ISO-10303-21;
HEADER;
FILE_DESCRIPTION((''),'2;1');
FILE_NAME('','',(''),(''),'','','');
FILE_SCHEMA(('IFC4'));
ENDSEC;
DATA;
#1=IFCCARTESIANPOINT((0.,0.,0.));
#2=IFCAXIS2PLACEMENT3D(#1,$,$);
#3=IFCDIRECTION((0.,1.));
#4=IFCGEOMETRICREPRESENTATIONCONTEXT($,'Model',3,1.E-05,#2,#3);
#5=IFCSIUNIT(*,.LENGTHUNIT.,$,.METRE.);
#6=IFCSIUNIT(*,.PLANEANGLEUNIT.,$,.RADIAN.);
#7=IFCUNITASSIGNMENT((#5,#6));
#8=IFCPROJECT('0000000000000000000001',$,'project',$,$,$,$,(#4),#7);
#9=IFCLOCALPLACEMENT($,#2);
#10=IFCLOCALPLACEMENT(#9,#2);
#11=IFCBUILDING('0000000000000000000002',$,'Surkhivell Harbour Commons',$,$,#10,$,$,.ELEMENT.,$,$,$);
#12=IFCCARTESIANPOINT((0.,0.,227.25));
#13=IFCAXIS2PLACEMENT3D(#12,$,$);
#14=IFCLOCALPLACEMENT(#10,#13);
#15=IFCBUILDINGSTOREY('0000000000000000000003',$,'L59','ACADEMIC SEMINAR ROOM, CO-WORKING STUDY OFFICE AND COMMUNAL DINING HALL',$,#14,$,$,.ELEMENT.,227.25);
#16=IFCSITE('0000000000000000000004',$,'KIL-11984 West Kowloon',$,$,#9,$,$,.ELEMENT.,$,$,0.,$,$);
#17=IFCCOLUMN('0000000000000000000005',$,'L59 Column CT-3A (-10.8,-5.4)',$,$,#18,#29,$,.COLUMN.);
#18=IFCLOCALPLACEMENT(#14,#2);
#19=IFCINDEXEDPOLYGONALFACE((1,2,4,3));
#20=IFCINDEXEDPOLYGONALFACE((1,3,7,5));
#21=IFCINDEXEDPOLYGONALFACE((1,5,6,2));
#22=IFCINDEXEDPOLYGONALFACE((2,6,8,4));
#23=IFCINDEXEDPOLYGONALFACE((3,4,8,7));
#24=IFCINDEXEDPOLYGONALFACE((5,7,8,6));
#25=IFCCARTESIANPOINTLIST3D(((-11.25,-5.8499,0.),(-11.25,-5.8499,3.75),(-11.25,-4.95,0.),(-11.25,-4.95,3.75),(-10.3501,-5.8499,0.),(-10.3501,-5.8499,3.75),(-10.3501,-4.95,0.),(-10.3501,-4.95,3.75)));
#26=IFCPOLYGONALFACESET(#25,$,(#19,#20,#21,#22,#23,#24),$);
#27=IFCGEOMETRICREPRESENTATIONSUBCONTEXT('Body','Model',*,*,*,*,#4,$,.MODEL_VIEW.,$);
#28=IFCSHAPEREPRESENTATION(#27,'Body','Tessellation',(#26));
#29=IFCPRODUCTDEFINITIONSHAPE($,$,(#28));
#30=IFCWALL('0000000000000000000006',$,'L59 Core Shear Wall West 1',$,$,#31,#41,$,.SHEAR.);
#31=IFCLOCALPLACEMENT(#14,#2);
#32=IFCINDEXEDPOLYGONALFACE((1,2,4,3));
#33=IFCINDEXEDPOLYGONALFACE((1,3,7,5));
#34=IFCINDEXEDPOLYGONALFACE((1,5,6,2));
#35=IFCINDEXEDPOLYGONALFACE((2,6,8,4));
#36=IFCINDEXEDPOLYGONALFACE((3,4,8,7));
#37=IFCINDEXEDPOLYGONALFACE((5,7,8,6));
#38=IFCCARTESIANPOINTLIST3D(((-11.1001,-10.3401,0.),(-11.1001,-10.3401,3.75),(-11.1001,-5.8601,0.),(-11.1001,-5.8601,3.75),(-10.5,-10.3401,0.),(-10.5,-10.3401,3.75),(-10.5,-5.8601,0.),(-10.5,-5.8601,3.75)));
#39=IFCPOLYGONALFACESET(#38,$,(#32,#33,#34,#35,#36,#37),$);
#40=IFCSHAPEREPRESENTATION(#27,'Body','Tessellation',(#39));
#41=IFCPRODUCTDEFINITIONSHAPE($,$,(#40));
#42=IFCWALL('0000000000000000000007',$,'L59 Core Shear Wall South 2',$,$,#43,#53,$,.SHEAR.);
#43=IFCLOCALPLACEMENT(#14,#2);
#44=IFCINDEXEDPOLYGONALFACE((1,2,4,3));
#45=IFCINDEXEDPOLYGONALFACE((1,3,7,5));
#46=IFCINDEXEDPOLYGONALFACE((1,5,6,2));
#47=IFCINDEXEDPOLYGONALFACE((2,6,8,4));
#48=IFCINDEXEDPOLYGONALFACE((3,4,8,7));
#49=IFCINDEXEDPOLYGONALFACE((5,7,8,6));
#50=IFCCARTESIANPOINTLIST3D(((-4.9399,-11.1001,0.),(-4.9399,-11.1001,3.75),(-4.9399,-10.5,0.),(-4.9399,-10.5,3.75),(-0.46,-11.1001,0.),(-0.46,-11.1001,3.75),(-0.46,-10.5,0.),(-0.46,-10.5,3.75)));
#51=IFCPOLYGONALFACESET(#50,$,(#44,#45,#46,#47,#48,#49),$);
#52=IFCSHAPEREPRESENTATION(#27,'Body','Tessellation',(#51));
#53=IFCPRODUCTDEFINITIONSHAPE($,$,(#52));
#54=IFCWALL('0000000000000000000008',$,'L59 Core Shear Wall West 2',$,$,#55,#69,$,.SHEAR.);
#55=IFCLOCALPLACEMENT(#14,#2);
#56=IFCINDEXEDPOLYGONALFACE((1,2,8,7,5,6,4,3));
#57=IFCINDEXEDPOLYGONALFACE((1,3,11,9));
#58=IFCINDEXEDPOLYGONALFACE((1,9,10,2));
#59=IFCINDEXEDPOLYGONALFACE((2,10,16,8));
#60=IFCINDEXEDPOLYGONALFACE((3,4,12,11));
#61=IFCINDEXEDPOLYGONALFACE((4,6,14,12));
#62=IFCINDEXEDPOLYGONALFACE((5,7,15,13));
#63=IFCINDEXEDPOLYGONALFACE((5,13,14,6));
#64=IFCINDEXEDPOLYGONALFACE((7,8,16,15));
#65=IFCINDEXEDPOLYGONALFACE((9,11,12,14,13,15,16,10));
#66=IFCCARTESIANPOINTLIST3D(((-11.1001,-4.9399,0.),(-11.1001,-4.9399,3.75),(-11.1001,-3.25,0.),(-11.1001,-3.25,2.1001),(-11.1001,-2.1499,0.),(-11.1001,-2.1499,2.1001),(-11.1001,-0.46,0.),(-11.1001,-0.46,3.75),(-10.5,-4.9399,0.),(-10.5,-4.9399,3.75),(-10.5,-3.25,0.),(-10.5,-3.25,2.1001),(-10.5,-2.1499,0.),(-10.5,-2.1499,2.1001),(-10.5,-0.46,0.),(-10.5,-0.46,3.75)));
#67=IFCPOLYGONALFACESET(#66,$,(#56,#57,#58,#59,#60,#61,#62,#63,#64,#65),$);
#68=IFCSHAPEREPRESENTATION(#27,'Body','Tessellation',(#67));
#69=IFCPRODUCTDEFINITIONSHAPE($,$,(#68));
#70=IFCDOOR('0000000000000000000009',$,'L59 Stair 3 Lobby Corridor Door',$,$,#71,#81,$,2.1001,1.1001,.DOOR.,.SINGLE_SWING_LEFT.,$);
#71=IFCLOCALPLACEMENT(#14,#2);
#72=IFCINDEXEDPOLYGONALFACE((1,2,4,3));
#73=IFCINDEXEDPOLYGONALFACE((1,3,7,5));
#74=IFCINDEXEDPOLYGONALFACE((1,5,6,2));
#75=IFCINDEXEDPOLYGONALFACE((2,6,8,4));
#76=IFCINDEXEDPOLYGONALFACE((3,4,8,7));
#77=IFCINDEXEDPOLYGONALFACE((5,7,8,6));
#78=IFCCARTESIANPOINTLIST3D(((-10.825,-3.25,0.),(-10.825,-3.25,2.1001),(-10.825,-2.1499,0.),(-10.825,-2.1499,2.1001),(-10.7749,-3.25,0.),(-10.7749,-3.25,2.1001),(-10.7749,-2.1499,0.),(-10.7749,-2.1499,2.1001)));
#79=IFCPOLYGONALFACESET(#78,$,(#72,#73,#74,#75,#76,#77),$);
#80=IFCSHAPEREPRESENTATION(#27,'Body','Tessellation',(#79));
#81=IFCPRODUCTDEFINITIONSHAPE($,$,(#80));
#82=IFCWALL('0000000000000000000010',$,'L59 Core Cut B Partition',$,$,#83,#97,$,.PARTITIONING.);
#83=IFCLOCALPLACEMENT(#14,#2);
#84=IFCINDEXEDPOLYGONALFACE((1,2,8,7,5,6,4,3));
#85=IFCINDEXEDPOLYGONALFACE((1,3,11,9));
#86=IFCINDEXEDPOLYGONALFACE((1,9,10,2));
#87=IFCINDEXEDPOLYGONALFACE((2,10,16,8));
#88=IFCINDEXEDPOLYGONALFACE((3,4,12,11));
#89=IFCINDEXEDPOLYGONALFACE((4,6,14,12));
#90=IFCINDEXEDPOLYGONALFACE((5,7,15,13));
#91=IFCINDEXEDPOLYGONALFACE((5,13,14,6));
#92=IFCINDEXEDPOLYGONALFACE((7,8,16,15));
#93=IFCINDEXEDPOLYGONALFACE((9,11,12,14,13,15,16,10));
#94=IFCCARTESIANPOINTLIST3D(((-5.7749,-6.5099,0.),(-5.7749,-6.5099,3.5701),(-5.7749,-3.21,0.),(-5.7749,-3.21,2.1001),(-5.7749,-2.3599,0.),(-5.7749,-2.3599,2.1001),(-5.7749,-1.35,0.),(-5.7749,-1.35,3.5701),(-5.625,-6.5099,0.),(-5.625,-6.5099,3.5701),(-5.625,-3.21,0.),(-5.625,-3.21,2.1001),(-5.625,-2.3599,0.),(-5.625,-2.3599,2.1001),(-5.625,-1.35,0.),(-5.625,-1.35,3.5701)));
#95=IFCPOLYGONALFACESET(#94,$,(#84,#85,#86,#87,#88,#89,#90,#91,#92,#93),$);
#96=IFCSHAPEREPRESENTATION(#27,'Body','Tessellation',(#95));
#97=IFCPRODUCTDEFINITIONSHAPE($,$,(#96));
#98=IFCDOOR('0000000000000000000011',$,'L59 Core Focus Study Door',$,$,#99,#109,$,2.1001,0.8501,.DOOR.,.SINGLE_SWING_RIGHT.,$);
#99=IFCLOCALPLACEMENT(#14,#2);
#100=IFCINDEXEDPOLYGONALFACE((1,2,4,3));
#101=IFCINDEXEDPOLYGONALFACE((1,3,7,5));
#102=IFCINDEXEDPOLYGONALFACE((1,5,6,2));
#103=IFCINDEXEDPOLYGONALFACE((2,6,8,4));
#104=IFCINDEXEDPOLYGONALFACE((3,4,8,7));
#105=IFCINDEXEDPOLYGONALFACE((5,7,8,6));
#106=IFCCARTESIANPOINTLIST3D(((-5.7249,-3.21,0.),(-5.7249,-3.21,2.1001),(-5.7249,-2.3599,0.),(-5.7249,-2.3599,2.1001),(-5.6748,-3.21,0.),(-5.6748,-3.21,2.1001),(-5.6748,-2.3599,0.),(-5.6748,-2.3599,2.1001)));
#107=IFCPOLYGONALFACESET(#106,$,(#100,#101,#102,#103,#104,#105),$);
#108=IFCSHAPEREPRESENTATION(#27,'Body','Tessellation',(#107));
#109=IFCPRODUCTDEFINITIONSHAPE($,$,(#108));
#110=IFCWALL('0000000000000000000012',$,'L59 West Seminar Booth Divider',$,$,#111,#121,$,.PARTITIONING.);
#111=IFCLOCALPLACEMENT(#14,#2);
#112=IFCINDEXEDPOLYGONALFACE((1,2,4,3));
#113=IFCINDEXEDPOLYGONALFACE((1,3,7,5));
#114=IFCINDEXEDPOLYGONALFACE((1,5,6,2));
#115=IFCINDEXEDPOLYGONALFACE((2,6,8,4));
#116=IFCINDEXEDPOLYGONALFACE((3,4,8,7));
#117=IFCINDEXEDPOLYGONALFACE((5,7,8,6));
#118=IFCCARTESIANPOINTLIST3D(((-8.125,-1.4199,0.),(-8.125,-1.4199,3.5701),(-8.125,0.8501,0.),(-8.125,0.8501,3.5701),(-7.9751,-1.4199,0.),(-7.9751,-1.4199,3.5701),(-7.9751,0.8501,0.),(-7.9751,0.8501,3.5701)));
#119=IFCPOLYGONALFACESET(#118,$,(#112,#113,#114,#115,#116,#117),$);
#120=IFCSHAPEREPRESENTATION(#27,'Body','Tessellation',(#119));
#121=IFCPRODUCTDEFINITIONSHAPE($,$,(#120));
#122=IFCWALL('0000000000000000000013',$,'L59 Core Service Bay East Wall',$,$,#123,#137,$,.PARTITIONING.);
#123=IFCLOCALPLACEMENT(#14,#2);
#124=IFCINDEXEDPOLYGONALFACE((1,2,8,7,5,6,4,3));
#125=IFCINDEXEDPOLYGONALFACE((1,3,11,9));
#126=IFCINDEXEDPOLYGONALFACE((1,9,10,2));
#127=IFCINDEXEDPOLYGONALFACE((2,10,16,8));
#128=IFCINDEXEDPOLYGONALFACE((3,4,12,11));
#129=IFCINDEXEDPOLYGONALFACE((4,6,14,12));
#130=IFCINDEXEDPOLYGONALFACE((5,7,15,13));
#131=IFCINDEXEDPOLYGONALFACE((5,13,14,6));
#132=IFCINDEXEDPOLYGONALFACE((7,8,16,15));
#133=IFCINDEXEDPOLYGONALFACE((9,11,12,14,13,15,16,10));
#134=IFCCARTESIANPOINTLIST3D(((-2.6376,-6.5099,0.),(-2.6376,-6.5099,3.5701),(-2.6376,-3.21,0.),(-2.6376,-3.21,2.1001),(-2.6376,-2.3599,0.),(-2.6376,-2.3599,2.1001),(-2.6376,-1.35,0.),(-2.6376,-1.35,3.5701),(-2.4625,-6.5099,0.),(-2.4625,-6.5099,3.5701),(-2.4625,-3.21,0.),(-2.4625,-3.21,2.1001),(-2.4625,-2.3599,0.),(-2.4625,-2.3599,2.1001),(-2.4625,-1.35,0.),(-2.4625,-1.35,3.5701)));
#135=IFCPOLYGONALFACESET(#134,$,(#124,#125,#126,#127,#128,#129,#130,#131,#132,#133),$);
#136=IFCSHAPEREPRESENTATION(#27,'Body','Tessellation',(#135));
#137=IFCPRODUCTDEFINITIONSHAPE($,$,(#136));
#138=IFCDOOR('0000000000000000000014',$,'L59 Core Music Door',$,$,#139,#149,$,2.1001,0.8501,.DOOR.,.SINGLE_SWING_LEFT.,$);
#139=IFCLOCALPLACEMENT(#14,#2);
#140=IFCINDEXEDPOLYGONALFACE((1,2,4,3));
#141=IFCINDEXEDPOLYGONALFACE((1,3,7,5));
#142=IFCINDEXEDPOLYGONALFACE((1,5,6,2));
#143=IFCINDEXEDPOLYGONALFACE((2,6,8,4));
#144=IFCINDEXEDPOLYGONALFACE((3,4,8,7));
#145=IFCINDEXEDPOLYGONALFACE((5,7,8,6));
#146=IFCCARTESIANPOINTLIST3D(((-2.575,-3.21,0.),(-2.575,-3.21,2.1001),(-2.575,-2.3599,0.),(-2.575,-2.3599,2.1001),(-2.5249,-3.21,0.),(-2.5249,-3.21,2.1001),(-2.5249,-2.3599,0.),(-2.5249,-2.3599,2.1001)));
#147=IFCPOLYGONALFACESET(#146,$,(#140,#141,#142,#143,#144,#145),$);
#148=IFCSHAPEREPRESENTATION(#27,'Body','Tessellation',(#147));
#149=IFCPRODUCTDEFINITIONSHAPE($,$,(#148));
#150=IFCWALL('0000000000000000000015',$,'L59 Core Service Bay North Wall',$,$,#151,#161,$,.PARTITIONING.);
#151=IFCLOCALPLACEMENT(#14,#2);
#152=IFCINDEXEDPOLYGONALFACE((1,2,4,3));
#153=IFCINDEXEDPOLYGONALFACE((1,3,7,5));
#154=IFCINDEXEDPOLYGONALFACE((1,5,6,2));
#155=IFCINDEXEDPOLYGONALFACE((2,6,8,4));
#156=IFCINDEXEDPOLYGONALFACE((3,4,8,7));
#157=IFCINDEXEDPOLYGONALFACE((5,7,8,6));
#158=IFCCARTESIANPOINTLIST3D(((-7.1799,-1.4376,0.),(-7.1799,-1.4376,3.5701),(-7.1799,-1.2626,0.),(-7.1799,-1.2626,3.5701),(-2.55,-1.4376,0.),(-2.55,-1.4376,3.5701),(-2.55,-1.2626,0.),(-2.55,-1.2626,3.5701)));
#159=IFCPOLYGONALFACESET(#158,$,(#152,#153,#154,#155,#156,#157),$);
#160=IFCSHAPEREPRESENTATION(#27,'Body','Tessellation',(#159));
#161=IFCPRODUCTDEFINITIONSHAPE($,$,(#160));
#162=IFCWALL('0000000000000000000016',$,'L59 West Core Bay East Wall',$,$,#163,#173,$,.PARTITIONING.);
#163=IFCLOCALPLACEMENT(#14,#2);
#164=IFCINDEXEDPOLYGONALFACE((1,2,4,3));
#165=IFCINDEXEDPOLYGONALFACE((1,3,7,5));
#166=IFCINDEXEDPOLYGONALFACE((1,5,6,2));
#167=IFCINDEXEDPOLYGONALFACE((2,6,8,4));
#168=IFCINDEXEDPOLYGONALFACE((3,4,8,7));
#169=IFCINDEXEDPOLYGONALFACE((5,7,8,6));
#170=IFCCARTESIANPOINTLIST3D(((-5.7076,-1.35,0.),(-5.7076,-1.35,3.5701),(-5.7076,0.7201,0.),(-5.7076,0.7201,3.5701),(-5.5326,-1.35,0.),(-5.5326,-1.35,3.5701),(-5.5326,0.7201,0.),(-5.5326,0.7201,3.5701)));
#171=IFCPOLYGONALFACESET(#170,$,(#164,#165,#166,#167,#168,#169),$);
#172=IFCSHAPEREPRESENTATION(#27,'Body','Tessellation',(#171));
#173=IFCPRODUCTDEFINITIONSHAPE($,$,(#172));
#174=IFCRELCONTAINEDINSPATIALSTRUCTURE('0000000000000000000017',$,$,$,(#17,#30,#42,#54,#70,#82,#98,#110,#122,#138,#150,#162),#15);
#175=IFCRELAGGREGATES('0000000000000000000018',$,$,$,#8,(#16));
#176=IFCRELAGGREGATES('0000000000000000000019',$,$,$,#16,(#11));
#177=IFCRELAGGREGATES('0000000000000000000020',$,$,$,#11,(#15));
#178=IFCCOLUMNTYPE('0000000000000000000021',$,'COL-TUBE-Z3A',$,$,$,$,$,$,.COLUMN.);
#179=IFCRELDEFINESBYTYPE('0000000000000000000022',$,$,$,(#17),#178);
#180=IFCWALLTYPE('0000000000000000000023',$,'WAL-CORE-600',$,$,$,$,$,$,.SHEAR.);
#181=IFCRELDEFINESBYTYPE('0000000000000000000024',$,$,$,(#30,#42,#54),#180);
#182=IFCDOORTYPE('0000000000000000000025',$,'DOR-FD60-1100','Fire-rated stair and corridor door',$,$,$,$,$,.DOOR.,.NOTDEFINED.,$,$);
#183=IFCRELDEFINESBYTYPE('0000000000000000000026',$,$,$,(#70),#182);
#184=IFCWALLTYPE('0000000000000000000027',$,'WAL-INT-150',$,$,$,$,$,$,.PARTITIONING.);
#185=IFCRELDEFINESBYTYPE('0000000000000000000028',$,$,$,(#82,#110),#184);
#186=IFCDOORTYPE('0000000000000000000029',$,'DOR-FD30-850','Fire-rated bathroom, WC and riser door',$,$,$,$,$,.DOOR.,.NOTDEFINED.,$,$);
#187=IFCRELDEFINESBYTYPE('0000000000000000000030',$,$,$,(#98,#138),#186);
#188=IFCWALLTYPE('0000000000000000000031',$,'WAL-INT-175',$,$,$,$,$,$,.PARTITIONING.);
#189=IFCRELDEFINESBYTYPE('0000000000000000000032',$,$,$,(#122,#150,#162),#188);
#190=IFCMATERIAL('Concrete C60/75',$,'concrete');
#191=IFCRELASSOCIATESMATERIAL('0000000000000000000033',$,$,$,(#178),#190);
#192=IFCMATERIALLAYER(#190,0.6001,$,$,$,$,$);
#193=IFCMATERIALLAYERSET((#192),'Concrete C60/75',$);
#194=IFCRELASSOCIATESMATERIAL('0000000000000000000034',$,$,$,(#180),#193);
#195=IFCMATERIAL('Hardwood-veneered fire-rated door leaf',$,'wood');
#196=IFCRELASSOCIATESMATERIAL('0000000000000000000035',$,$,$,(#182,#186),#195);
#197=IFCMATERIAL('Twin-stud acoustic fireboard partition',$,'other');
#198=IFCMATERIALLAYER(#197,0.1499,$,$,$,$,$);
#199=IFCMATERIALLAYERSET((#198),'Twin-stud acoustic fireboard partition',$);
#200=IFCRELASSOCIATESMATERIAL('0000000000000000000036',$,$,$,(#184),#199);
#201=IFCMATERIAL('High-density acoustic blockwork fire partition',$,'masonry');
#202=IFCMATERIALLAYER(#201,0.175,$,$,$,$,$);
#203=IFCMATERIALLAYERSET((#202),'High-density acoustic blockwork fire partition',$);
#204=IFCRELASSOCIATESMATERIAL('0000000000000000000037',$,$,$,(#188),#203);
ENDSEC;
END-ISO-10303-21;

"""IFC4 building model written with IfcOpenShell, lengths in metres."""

from ifc_helpers import new_model, si_unit, direction, frame, frame_2d, origin, origin_2d, place, context, subcontext, project, spatial, rectangle, extrude, material, layer, layer_set, material_profile, profile_set, type_object, element, fill, save


model = new_model("IFC4")

# Units and contexts
model_context = context("Model", 3, precision=1e-05, world=origin(), true_north=direction((0.0, 1.0)))
body_context = subcontext(model_context, "Body", "Model", "MODEL_VIEW")
ifc_project = project(units=[si_unit("LENGTHUNIT", "METRE"), si_unit("PLANEANGLEUNIT", "RADIAN")], contexts=[model_context])

# Site, building, storey
site_placement = place(None, origin())
site = spatial("IfcSite", under=ifc_project, at=site_placement, Name="KIL-11984 West Kowloon", CompositionType="ELEMENT", RefElevation=0.0)
building_placement = place(site_placement, origin())
building = spatial("IfcBuilding", under=site, at=building_placement, Name="Surkhivell Harbour Commons", CompositionType="ELEMENT")
storey_placement = place(building_placement, frame((0.0, 0.0, 227.25)))
storey = spatial("IfcBuildingStorey", under=building, at=storey_placement, Name="L59", Description="ACADEMIC SEMINAR ROOM, CO-WORKING STUDY OFFICE AND COMMUNAL DINING HALL", CompositionType="ELEMENT", Elevation=227.25)

# Column
ifc_material_1 = material(Name="Concrete C60/75", Category="concrete")
ifc_material_profile = material_profile(ifc_material_1, rectangle(XDim=0.8999, YDim=0.8999, at=origin_2d()), Name="RC-COL-900x900")
ifc_profile_set = profile_set([ifc_material_profile], Name="Concrete C60/75")
column_type = type_object("IfcColumnType", Name="COL-TUBE-Z3A", PredefinedType="COLUMN", material=ifc_profile_set)
column_placement = place(storey_placement, frame((-10.8, -5.3999, 0.0), z_axis=(0.0, 0.0, 1.0), x_axis=(1.0, 0.0, 0.0)))
element("IfcColumn", 1, at=column_placement, inside=storey, type_object=column_type, Name="L59 Column CT-3A (-10.8,-5.4)", PredefinedType="COLUMN", context=body_context, shape_type="SweptSolid", body=[
    extrude(rectangle(XDim=0.8999, YDim=0.8999, at=origin_2d()), origin(), (0.0, 0.0, 1.0), 3.75),
])

# Walls
ifc_layer_1 = layer(ifc_material_1, 0.6001)
ifc_layer_set_1 = layer_set([ifc_layer_1], Name="Concrete C60/75")
wall_type_1 = type_object("IfcWallType", Name="WAL-CORE-600", PredefinedType="SHEAR", material=ifc_layer_set_1)
for number, where, z_axis, x_axis, name in (
    (2, (-10.8, -10.3401, 0.0), (0.0, 0.0, 1.0), (0.0, 1.0, 0.0), "L59 Core Shear Wall West 1"),
    (3, (-4.9399, -10.8, 0.0), (0.0, 0.0, 1.0), (1.0, 0.0, 0.0), "L59 Core Shear Wall South 2"),
):
    element("IfcWall", number, at=place(storey_placement, frame(where, z_axis=z_axis, x_axis=x_axis)), inside=storey, type_object=wall_type_1, Name=name, PredefinedType="SHEAR", context=body_context, shape_type="SweptSolid", body=[
        extrude(rectangle(XDim=4.48, YDim=0.6001, at=frame_2d((2.24, 0.0))), origin(), (0.0, 0.0, 1.0), 3.75),
    ])

# Walls, openings, doors
wall_1_placement = place(storey_placement, frame((-10.8, -4.9399, 0.0), z_axis=(0.0, 0.0, 1.0), x_axis=(0.0, 1.0, 0.0)))
wall_1 = element("IfcWall", 4, at=wall_1_placement, inside=storey, type_object=wall_type_1, Name="L59 Core Shear Wall West 2", PredefinedType="SHEAR", context=body_context, shape_type="SweptSolid", body=[
    extrude(rectangle(XDim=4.48, YDim=0.6001, at=frame_2d((2.24, 0.0))), origin(), (0.0, 0.0, 1.0), 3.75),
])
opening_1_placement = place(wall_1_placement, frame((1.6899, 0.0, 0.0)))
opening_1 = element("IfcOpeningElement", 5, at=opening_1_placement, cuts=wall_1, PredefinedType="OPENING", context=body_context, shape_type="SweptSolid", body=[
    extrude(rectangle(XDim=1.1001, YDim=2.1001, at=frame_2d((0.55, 1.05))), frame((0.0, 0.3101, 0.0), z_axis=(0.0, -1.0, 0.0), x_axis=(1.0, 0.0, 0.0)), (0.0, 0.0, 1.0), 0.6201),
])
ifc_material_2 = material(Name="Hardwood-veneered fire-rated door leaf", Category="wood")
door_type_1 = type_object("IfcDoorType", Name="DOR-FD60-1100", Description="Fire-rated stair and corridor door", OperationType="NOTDEFINED", PredefinedType="DOOR", material=ifc_material_2)
door_1_placement = place(opening_1_placement, origin())
door_1 = element("IfcDoor", 6, at=door_1_placement, inside=storey, type_object=door_type_1, Name="L59 Stair 3 Lobby Corridor Door", OperationType="SINGLE_SWING_LEFT", OverallHeight=2.1001, OverallWidth=1.1001, PredefinedType="DOOR", context=body_context, shape_type="SweptSolid", body=[
    extrude(rectangle(XDim=1.1001, YDim=2.1001, at=frame_2d((0.55, 1.05))), frame((0.0, 0.0249, 0.0), z_axis=(0.0, -1.0, 0.0), x_axis=(1.0, 0.0, 0.0)), (0.0, 0.0, 1.0), 0.05),
])
fill(opening_1, door_1)
ifc_material_3 = material(Name="Twin-stud acoustic fireboard partition", Category="other")
ifc_layer_2 = layer(ifc_material_3, 0.1499)
ifc_layer_set_2 = layer_set([ifc_layer_2], Name="Twin-stud acoustic fireboard partition")
wall_type_2 = type_object("IfcWallType", Name="WAL-INT-150", PredefinedType="PARTITIONING", material=ifc_layer_set_2)
wall_2_placement = place(storey_placement, frame((-5.7, -6.51, 0.0), z_axis=(0.0, 0.0, 1.0), x_axis=(0.0, 1.0, 0.0)))
wall_2 = element("IfcWall", 7, at=wall_2_placement, inside=storey, type_object=wall_type_2, Name="L59 Core Cut B Partition", PredefinedType="PARTITIONING", context=body_context, shape_type="SweptSolid", body=[
    extrude(rectangle(XDim=5.1599, YDim=0.1499, at=frame_2d((2.5801, 0.0))), origin(), (0.0, 0.0, 1.0), 3.5701),
])
opening_2_placement = place(wall_2_placement, frame((3.3, 0.0, 0.0)))
opening_2 = element("IfcOpeningElement", 8, at=opening_2_placement, cuts=wall_2, PredefinedType="OPENING", context=body_context, shape_type="SweptSolid", body=[
    extrude(rectangle(XDim=0.8501, YDim=2.1001, at=frame_2d((0.425, 1.05))), frame((0.0, 0.085, 0.0), z_axis=(0.0, -1.0, 0.0), x_axis=(1.0, 0.0, 0.0)), (0.0, 0.0, 1.0), 0.1699),
])
door_type_2 = type_object("IfcDoorType", Name="DOR-FD30-850", Description="Fire-rated bathroom, WC and riser door", OperationType="NOTDEFINED", PredefinedType="DOOR", material=ifc_material_2)
door_2_placement = place(opening_2_placement, origin())
door_2 = element("IfcDoor", 9, at=door_2_placement, inside=storey, type_object=door_type_2, Name="L59 Core Focus Study Door", OperationType="SINGLE_SWING_RIGHT", OverallHeight=2.1001, OverallWidth=0.8501, PredefinedType="DOOR", context=body_context, shape_type="SweptSolid", body=[
    extrude(rectangle(XDim=0.8501, YDim=2.1001, at=frame_2d((0.425, 1.05))), frame((0.0, 0.0249, 0.0), z_axis=(0.0, -1.0, 0.0), x_axis=(1.0, 0.0, 0.0)), (0.0, 0.0, 1.0), 0.05),
])
fill(opening_2, door_2)

# Wall
wall_3_placement = place(storey_placement, frame((-8.05, -1.4199, 0.0), z_axis=(0.0, 0.0, 1.0), x_axis=(0.0, 1.0, 0.0)))
element("IfcWall", 10, at=wall_3_placement, inside=storey, type_object=wall_type_2, Name="L59 West Seminar Booth Divider", PredefinedType="PARTITIONING", context=body_context, shape_type="SweptSolid", body=[
    extrude(rectangle(XDim=2.27, YDim=0.1499, at=frame_2d((1.135, 0.0))), origin(), (0.0, 0.0, 1.0), 3.5701),
])

# Wall, opening, door
ifc_material_4 = material(Name="High-density acoustic blockwork fire partition", Category="masonry")
ifc_layer_3 = layer(ifc_material_4, 0.175)
ifc_layer_set_3 = layer_set([ifc_layer_3], Name="High-density acoustic blockwork fire partition")
wall_type_3 = type_object("IfcWallType", Name="WAL-INT-175", PredefinedType="PARTITIONING", material=ifc_layer_set_3)
wall_4_placement = place(storey_placement, frame((-2.55, -6.51, 0.0), z_axis=(0.0, 0.0, 1.0), x_axis=(0.0, 1.0, 0.0)))
wall_4 = element("IfcWall", 11, at=wall_4_placement, inside=storey, type_object=wall_type_3, Name="L59 Core Service Bay East Wall", PredefinedType="PARTITIONING", context=body_context, shape_type="SweptSolid", body=[
    extrude(rectangle(XDim=5.1599, YDim=0.175, at=frame_2d((2.5801, 0.0))), origin(), (0.0, 0.0, 1.0), 3.5701),
])
opening_3_placement = place(wall_4_placement, frame((3.3, 0.0, 0.0)))
opening_3 = element("IfcOpeningElement", 12, at=opening_3_placement, cuts=wall_4, PredefinedType="OPENING", context=body_context, shape_type="SweptSolid", body=[
    extrude(rectangle(XDim=0.8501, YDim=2.1001, at=frame_2d((0.425, 1.05))), frame((0.0, 0.0974, 0.0), z_axis=(0.0, -1.0, 0.0), x_axis=(1.0, 0.0, 0.0)), (0.0, 0.0, 1.0), 0.1951),
])
door_3_placement = place(opening_3_placement, origin())
door_3 = element("IfcDoor", 13, at=door_3_placement, inside=storey, type_object=door_type_2, Name="L59 Core Music Door", OperationType="SINGLE_SWING_LEFT", OverallHeight=2.1001, OverallWidth=0.8501, PredefinedType="DOOR", context=body_context, shape_type="SweptSolid", body=[
    extrude(rectangle(XDim=0.8501, YDim=2.1001, at=frame_2d((0.425, 1.05))), frame((0.0, 0.0249, 0.0), z_axis=(0.0, -1.0, 0.0), x_axis=(1.0, 0.0, 0.0)), (0.0, 0.0, 1.0), 0.05),
])
fill(opening_3, door_3)

# Walls
wall_5_placement = place(storey_placement, frame((-7.1799, -1.3501, 0.0), z_axis=(0.0, 0.0, 1.0), x_axis=(1.0, 0.0, 0.0)))
element("IfcWall", 14, at=wall_5_placement, inside=storey, type_object=wall_type_3, Name="L59 Core Service Bay North Wall", PredefinedType="PARTITIONING", context=body_context, shape_type="SweptSolid", body=[
    extrude(rectangle(XDim=4.6299, YDim=0.175, at=frame_2d((2.3149, 0.0))), origin(), (0.0, 0.0, 1.0), 3.5701),
])
wall_6_placement = place(storey_placement, frame((-5.6201, -1.3501, 0.0), z_axis=(0.0, 0.0, 1.0), x_axis=(0.0, 1.0, 0.0)))
element("IfcWall", 15, at=wall_6_placement, inside=storey, type_object=wall_type_3, Name="L59 West Core Bay East Wall", PredefinedType="PARTITIONING", context=body_context, shape_type="SweptSolid", body=[
    extrude(rectangle(XDim=2.0701, YDim=0.175, at=frame_2d((1.0352, 0.0))), origin(), (0.0, 0.0, 1.0), 3.5701),
])

save(model, "model.ifc")
